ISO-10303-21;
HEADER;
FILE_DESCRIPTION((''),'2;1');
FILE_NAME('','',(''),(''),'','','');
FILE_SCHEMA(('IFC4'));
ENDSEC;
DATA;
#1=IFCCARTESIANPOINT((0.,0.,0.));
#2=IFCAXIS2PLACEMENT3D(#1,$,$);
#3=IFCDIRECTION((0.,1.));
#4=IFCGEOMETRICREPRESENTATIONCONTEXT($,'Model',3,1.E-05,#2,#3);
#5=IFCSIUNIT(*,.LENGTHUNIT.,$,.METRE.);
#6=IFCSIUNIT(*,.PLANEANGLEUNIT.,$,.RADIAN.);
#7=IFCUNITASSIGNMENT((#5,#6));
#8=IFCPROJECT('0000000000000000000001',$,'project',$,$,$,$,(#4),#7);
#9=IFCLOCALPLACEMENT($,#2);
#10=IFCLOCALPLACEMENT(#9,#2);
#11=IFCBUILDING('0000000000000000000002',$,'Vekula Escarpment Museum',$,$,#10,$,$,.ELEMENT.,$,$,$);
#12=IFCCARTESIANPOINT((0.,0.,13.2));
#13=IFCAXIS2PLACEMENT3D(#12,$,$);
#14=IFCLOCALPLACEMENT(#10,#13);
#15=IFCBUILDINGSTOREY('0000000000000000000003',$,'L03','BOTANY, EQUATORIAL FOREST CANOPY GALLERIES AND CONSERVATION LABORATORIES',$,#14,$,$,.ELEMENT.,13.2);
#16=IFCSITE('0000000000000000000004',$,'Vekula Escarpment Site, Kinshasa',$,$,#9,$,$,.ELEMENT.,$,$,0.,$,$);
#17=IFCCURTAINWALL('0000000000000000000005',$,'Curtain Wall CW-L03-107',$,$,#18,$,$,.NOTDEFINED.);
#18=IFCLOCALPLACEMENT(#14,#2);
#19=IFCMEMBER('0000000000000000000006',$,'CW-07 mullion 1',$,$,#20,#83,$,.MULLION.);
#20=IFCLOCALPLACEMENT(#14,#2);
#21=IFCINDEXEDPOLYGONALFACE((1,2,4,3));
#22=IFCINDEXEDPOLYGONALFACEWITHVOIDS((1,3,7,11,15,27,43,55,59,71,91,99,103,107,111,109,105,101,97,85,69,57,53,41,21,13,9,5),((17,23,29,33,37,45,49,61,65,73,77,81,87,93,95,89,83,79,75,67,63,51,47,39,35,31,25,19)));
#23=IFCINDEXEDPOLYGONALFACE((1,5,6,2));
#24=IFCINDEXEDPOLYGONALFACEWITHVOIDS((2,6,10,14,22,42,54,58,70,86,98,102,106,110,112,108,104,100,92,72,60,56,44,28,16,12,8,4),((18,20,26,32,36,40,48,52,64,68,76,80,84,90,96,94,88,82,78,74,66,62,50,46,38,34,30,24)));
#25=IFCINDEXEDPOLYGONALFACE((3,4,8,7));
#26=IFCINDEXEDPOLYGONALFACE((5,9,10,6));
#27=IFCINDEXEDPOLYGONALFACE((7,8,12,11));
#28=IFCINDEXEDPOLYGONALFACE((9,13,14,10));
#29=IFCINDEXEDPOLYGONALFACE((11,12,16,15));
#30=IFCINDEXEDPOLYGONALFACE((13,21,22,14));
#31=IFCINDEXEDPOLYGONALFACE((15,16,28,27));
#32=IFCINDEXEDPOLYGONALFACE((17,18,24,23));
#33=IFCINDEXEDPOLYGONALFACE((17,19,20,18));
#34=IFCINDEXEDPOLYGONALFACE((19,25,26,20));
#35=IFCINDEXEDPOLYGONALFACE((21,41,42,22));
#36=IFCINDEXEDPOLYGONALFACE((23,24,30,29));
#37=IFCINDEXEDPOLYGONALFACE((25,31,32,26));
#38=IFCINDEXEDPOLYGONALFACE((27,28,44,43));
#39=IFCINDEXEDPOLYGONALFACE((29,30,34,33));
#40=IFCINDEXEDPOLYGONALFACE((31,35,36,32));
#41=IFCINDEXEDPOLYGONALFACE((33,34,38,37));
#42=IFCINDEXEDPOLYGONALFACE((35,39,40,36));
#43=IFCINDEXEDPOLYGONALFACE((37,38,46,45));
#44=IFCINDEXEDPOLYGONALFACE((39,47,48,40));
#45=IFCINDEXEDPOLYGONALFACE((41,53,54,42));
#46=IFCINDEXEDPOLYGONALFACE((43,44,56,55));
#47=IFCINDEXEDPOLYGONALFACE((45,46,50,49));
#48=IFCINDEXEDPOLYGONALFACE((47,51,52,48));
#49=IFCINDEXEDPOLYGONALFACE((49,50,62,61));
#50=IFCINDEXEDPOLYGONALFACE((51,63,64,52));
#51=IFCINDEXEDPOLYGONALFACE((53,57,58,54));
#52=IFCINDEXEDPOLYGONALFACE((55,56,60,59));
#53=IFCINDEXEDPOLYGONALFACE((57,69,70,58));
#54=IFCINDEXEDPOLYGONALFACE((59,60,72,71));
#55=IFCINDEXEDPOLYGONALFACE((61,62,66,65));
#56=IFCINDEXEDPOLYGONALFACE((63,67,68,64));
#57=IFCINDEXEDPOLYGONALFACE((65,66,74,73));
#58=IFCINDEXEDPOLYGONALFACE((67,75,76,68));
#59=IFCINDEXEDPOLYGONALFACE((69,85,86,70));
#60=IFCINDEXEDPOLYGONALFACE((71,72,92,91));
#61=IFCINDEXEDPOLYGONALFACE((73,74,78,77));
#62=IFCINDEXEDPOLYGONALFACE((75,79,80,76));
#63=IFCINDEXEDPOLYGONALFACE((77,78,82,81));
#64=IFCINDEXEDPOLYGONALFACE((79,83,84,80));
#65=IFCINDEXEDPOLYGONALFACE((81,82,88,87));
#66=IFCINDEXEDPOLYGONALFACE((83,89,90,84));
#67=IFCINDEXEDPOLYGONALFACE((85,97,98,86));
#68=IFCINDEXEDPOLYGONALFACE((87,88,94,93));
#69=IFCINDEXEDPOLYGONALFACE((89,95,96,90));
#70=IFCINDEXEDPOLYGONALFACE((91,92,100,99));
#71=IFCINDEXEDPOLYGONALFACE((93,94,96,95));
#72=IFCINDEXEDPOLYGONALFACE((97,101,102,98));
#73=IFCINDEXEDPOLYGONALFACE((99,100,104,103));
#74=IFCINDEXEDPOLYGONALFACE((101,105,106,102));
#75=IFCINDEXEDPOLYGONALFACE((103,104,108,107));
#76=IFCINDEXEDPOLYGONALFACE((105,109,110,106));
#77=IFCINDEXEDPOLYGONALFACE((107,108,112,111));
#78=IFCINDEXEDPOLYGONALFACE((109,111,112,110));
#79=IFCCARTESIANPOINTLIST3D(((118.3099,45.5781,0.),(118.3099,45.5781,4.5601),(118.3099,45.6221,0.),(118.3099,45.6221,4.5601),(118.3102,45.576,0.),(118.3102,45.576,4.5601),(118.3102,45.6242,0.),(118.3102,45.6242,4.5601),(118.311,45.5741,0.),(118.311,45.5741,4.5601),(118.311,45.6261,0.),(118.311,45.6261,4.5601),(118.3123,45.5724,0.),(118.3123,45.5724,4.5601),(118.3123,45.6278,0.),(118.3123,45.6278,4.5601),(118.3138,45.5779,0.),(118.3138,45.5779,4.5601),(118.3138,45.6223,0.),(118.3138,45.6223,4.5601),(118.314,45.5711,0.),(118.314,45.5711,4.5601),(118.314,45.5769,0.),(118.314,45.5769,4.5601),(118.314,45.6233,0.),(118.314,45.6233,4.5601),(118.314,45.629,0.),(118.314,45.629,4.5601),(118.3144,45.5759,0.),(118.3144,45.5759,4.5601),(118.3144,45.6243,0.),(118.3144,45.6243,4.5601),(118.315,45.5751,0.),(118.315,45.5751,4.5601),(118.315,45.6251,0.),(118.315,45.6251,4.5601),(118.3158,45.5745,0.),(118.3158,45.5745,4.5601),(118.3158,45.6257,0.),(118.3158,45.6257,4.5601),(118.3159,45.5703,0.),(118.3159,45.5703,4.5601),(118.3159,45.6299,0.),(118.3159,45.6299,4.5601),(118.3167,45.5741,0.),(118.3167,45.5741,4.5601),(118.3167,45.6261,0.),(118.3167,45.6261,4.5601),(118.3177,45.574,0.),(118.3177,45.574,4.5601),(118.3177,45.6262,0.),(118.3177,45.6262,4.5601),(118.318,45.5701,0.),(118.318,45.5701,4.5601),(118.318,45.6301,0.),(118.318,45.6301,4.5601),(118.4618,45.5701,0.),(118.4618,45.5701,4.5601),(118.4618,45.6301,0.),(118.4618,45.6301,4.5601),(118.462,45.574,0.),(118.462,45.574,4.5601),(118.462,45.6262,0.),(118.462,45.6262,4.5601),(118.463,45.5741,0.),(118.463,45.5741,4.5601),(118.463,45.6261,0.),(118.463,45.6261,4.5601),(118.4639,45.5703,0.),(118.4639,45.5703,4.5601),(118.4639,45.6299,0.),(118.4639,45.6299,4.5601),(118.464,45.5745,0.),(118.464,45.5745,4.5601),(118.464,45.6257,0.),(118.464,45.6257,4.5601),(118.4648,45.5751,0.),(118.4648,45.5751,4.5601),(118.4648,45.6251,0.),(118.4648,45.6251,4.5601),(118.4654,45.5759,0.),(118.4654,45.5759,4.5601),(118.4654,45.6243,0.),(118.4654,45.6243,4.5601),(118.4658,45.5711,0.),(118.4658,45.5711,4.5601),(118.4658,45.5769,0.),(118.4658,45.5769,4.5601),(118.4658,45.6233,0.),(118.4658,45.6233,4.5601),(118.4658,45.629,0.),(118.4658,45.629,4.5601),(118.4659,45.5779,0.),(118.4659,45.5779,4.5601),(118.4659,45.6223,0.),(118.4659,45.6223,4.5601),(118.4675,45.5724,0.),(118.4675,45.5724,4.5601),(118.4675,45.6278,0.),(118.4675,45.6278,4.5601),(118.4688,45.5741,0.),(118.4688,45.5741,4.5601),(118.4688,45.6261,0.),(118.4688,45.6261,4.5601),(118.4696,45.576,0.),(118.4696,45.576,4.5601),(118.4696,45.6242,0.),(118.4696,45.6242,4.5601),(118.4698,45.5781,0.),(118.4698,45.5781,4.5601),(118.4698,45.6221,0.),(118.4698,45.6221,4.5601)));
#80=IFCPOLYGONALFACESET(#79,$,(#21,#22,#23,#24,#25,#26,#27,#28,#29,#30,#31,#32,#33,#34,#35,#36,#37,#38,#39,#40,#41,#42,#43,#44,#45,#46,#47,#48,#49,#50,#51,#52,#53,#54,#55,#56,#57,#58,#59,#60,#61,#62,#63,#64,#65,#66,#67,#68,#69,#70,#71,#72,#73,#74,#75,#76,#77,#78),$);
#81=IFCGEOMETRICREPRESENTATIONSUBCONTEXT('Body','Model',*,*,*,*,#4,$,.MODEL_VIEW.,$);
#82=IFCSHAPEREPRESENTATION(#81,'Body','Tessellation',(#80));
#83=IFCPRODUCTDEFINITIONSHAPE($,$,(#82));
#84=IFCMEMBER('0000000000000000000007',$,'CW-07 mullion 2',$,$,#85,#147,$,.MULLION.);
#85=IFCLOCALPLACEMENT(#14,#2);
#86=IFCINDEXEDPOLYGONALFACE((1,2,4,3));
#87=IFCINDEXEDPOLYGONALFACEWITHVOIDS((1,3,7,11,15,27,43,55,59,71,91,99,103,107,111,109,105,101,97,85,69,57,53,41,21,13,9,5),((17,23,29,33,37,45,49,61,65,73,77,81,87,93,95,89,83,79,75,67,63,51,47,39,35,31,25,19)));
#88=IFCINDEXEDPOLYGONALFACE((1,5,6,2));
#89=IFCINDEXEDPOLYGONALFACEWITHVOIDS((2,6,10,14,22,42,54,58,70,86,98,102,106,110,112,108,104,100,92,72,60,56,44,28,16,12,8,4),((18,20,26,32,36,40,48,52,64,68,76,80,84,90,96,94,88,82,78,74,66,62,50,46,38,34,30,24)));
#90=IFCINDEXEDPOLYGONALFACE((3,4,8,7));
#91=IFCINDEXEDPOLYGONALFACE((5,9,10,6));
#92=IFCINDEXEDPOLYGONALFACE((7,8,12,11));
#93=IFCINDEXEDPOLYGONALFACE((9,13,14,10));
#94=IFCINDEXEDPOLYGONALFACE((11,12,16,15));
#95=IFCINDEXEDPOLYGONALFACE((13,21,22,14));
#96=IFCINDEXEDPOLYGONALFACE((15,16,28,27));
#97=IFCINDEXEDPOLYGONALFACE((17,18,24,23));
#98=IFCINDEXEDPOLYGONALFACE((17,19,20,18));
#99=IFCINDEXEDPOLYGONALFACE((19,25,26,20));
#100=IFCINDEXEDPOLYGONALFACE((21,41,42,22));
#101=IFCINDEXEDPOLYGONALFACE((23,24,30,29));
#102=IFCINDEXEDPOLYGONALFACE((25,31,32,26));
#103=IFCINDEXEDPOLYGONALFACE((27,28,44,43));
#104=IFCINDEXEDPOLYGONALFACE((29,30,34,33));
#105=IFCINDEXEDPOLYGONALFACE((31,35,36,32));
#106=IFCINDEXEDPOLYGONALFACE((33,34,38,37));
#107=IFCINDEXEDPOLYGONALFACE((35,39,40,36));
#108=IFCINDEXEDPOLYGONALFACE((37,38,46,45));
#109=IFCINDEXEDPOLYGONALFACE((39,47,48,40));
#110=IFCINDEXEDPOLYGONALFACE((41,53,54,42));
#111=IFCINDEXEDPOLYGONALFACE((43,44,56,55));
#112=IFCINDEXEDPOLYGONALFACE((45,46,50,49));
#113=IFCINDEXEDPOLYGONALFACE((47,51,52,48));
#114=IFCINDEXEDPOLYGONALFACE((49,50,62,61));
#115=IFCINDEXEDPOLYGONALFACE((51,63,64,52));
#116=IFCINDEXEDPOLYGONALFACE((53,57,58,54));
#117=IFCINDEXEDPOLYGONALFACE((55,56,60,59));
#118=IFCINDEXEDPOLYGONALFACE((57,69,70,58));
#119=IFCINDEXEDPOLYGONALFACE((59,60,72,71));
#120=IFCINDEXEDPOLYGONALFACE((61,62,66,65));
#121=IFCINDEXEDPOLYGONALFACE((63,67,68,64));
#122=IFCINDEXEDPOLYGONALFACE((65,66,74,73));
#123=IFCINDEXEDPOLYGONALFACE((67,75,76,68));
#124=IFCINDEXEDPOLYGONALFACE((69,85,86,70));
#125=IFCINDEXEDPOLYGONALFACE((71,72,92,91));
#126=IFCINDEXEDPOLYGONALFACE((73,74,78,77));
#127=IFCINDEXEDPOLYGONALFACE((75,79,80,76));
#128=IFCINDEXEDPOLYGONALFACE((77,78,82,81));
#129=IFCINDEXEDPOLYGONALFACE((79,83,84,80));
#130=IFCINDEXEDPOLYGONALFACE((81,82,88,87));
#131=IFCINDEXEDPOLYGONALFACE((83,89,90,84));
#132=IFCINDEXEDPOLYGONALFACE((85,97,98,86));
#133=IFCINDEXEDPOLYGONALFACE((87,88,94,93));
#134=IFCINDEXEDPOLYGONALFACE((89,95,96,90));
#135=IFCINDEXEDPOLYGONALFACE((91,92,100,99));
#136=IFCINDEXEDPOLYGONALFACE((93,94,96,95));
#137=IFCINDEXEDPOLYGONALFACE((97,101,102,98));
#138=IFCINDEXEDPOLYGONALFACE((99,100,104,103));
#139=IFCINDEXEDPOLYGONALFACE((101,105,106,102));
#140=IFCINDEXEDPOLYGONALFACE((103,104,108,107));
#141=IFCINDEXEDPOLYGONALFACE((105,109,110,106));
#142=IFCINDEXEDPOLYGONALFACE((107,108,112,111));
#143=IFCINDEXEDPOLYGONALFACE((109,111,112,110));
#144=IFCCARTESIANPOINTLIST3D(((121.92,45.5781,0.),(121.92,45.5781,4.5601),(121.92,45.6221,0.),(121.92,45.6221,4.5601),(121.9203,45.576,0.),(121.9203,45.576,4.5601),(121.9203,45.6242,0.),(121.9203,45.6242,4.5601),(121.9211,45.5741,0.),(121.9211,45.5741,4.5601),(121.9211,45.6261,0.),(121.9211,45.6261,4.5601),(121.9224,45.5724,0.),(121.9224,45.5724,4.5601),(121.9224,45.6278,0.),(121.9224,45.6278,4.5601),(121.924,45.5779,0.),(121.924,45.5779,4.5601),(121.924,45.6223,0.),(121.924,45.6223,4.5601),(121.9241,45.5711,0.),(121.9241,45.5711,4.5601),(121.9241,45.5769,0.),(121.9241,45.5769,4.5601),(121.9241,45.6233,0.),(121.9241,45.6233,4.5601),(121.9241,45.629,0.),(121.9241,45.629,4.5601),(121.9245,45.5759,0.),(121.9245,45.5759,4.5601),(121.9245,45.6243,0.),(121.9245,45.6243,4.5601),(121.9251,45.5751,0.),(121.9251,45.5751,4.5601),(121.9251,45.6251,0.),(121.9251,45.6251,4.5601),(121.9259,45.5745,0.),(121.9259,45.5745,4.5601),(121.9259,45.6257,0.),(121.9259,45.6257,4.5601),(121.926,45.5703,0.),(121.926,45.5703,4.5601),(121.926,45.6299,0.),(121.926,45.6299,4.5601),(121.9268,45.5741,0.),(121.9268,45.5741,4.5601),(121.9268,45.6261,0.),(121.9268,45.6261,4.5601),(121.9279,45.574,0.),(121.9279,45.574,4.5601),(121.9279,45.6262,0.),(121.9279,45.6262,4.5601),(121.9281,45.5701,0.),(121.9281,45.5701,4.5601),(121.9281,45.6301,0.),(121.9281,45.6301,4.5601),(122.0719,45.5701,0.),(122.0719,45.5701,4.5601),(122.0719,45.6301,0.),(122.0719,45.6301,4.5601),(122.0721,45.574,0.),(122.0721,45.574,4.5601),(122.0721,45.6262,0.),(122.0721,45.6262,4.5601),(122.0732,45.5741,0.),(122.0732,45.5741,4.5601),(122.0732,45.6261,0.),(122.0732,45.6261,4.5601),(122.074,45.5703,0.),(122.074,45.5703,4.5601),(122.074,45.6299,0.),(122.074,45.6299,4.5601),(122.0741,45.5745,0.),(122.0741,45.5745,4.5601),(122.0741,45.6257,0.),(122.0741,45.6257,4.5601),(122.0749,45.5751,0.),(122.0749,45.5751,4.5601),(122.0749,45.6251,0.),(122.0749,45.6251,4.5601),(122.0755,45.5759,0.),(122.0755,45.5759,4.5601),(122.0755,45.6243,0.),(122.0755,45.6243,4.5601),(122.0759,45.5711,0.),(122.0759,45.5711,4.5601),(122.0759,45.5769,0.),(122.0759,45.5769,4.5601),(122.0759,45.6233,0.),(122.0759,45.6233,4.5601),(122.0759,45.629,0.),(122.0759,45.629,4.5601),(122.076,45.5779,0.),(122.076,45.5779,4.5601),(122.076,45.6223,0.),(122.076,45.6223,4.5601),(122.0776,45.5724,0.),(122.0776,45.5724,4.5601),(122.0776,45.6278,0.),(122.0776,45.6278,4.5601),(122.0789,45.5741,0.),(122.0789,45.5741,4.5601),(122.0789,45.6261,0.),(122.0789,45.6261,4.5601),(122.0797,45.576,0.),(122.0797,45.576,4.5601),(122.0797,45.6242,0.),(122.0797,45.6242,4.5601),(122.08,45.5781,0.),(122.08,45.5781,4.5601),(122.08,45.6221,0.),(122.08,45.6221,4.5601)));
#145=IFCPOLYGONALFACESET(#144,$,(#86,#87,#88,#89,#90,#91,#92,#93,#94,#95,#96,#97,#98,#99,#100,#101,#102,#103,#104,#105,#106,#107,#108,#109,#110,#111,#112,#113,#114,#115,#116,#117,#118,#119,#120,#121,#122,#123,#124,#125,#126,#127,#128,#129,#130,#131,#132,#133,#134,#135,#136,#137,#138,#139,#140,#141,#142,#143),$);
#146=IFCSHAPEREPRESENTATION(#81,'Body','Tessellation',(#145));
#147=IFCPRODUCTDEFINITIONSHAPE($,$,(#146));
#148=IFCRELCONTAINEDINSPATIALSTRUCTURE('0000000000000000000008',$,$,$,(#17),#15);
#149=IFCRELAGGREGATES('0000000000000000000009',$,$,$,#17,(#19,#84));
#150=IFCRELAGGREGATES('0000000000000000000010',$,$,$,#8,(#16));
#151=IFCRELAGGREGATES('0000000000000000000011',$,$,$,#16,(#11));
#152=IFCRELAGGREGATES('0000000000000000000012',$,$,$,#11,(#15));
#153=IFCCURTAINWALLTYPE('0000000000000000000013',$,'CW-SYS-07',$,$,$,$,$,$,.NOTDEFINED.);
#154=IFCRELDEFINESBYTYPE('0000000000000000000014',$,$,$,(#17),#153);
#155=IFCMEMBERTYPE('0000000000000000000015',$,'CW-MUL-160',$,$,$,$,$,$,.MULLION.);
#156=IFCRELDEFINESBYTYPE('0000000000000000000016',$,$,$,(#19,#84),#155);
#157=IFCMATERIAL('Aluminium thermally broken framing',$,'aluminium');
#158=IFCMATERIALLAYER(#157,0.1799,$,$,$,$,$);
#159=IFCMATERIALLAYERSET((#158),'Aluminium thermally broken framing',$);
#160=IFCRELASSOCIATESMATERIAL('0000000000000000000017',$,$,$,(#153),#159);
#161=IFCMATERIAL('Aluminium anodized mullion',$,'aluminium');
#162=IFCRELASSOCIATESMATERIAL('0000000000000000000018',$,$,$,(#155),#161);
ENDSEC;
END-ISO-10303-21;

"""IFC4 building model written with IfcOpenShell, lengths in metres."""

from ifc_helpers import new_model, si_unit, direction, frame, origin, origin_2d, place, context, subcontext, project, spatial, hollow_rectangle, extrude, material, layer, layer_set, material_profile, profile_set, type_object, element, aggregate, save


model = new_model("IFC4")

# Units and contexts
model_context = context("Model", 3, precision=1e-05, world=origin(), true_north=direction((0.0, 1.0)))
body_context = subcontext(model_context, "Body", "Model", "MODEL_VIEW")
ifc_project = project(units=[si_unit("LENGTHUNIT", "METRE"), si_unit("PLANEANGLEUNIT", "RADIAN")], contexts=[model_context])

# Site, building, storey
site_placement = place(None, origin())
site = spatial("IfcSite", under=ifc_project, at=site_placement, Name="Vekula Escarpment Site, Kinshasa", CompositionType="ELEMENT", RefElevation=0.0)
building_placement = place(site_placement, origin())
building = spatial("IfcBuilding", under=site, at=building_placement, Name="Vekula Escarpment Museum", CompositionType="ELEMENT")
storey_placement = place(building_placement, frame((0.0, 0.0, 13.2)))
storey = spatial("IfcBuildingStorey", under=building, at=storey_placement, Name="L03", Description="BOTANY, EQUATORIAL FOREST CANOPY GALLERIES AND CONSERVATION LABORATORIES", CompositionType="ELEMENT", Elevation=13.2)

# Curtain wall, members
ifc_material_1 = material(Name="Aluminium thermally broken framing", Category="aluminium")
ifc_layer_1 = layer(ifc_material_1, 0.1799)
ifc_layer_set_1 = layer_set([ifc_layer_1], Name="Aluminium thermally broken framing")
curtain_wall_type_1 = type_object("IfcCurtainWallType", Name="CW-SYS-07", PredefinedType="NOTDEFINED", material=ifc_layer_set_1)
curtain_wall_1_placement = place(storey_placement, origin())
curtain_wall_1 = element("IfcCurtainWall", 1, at=curtain_wall_1_placement, inside=storey, type_object=curtain_wall_type_1, Name="Curtain Wall CW-L03-107", PredefinedType="NOTDEFINED")
ifc_material_2 = material(Name="Aluminium anodized mullion", Category="aluminium")
ifc_material_profile_1 = material_profile(ifc_material_2, hollow_rectangle(XDim=0.0601, YDim=0.1599, WallThickness=0.0039, InnerFilletRadius=0.0039, OuterFilletRadius=0.0081, at=origin_2d()), Name="ALU 160x60x4")
ifc_profile_set_1 = profile_set([ifc_material_profile_1], Name="Aluminium anodized mullion")
member_type_1 = type_object("IfcMemberType", Name="CW-MUL-160", PredefinedType="MULLION", material=ifc_profile_set_1)
member_1_placement = place(storey_placement, frame((118.3899, 45.6001, 0.0), z_axis=(0.0, 0.0, 1.0), x_axis=(0.0, 1.0, 0.0)))
member_1 = element("IfcMember", 2, at=member_1_placement, type_object=member_type_1, Name="CW-07 mullion 1", PredefinedType="MULLION", context=body_context, shape_type="SweptSolid", body=[
    extrude(hollow_rectangle(XDim=0.0601, YDim=0.1599, WallThickness=0.0039, InnerFilletRadius=0.0039, OuterFilletRadius=0.0081, at=origin_2d()), origin(), (0.0, 0.0, 1.0), 4.5601),
])
member_2_placement = place(storey_placement, frame((122.0, 45.6001, 0.0), z_axis=(0.0, 0.0, 1.0), x_axis=(0.0, 1.0, 0.0)))
member_2 = element("IfcMember", 3, at=member_2_placement, type_object=member_type_1, Name="CW-07 mullion 2", PredefinedType="MULLION", context=body_context, shape_type="SweptSolid", body=[
    extrude(hollow_rectangle(XDim=0.0601, YDim=0.1599, WallThickness=0.0039, InnerFilletRadius=0.0039, OuterFilletRadius=0.0081, at=origin_2d()), origin(), (0.0, 0.0, 1.0), 4.5601),
])

aggregate(curtain_wall_1, [member_1, member_2])

save(model, "model.ifc")
